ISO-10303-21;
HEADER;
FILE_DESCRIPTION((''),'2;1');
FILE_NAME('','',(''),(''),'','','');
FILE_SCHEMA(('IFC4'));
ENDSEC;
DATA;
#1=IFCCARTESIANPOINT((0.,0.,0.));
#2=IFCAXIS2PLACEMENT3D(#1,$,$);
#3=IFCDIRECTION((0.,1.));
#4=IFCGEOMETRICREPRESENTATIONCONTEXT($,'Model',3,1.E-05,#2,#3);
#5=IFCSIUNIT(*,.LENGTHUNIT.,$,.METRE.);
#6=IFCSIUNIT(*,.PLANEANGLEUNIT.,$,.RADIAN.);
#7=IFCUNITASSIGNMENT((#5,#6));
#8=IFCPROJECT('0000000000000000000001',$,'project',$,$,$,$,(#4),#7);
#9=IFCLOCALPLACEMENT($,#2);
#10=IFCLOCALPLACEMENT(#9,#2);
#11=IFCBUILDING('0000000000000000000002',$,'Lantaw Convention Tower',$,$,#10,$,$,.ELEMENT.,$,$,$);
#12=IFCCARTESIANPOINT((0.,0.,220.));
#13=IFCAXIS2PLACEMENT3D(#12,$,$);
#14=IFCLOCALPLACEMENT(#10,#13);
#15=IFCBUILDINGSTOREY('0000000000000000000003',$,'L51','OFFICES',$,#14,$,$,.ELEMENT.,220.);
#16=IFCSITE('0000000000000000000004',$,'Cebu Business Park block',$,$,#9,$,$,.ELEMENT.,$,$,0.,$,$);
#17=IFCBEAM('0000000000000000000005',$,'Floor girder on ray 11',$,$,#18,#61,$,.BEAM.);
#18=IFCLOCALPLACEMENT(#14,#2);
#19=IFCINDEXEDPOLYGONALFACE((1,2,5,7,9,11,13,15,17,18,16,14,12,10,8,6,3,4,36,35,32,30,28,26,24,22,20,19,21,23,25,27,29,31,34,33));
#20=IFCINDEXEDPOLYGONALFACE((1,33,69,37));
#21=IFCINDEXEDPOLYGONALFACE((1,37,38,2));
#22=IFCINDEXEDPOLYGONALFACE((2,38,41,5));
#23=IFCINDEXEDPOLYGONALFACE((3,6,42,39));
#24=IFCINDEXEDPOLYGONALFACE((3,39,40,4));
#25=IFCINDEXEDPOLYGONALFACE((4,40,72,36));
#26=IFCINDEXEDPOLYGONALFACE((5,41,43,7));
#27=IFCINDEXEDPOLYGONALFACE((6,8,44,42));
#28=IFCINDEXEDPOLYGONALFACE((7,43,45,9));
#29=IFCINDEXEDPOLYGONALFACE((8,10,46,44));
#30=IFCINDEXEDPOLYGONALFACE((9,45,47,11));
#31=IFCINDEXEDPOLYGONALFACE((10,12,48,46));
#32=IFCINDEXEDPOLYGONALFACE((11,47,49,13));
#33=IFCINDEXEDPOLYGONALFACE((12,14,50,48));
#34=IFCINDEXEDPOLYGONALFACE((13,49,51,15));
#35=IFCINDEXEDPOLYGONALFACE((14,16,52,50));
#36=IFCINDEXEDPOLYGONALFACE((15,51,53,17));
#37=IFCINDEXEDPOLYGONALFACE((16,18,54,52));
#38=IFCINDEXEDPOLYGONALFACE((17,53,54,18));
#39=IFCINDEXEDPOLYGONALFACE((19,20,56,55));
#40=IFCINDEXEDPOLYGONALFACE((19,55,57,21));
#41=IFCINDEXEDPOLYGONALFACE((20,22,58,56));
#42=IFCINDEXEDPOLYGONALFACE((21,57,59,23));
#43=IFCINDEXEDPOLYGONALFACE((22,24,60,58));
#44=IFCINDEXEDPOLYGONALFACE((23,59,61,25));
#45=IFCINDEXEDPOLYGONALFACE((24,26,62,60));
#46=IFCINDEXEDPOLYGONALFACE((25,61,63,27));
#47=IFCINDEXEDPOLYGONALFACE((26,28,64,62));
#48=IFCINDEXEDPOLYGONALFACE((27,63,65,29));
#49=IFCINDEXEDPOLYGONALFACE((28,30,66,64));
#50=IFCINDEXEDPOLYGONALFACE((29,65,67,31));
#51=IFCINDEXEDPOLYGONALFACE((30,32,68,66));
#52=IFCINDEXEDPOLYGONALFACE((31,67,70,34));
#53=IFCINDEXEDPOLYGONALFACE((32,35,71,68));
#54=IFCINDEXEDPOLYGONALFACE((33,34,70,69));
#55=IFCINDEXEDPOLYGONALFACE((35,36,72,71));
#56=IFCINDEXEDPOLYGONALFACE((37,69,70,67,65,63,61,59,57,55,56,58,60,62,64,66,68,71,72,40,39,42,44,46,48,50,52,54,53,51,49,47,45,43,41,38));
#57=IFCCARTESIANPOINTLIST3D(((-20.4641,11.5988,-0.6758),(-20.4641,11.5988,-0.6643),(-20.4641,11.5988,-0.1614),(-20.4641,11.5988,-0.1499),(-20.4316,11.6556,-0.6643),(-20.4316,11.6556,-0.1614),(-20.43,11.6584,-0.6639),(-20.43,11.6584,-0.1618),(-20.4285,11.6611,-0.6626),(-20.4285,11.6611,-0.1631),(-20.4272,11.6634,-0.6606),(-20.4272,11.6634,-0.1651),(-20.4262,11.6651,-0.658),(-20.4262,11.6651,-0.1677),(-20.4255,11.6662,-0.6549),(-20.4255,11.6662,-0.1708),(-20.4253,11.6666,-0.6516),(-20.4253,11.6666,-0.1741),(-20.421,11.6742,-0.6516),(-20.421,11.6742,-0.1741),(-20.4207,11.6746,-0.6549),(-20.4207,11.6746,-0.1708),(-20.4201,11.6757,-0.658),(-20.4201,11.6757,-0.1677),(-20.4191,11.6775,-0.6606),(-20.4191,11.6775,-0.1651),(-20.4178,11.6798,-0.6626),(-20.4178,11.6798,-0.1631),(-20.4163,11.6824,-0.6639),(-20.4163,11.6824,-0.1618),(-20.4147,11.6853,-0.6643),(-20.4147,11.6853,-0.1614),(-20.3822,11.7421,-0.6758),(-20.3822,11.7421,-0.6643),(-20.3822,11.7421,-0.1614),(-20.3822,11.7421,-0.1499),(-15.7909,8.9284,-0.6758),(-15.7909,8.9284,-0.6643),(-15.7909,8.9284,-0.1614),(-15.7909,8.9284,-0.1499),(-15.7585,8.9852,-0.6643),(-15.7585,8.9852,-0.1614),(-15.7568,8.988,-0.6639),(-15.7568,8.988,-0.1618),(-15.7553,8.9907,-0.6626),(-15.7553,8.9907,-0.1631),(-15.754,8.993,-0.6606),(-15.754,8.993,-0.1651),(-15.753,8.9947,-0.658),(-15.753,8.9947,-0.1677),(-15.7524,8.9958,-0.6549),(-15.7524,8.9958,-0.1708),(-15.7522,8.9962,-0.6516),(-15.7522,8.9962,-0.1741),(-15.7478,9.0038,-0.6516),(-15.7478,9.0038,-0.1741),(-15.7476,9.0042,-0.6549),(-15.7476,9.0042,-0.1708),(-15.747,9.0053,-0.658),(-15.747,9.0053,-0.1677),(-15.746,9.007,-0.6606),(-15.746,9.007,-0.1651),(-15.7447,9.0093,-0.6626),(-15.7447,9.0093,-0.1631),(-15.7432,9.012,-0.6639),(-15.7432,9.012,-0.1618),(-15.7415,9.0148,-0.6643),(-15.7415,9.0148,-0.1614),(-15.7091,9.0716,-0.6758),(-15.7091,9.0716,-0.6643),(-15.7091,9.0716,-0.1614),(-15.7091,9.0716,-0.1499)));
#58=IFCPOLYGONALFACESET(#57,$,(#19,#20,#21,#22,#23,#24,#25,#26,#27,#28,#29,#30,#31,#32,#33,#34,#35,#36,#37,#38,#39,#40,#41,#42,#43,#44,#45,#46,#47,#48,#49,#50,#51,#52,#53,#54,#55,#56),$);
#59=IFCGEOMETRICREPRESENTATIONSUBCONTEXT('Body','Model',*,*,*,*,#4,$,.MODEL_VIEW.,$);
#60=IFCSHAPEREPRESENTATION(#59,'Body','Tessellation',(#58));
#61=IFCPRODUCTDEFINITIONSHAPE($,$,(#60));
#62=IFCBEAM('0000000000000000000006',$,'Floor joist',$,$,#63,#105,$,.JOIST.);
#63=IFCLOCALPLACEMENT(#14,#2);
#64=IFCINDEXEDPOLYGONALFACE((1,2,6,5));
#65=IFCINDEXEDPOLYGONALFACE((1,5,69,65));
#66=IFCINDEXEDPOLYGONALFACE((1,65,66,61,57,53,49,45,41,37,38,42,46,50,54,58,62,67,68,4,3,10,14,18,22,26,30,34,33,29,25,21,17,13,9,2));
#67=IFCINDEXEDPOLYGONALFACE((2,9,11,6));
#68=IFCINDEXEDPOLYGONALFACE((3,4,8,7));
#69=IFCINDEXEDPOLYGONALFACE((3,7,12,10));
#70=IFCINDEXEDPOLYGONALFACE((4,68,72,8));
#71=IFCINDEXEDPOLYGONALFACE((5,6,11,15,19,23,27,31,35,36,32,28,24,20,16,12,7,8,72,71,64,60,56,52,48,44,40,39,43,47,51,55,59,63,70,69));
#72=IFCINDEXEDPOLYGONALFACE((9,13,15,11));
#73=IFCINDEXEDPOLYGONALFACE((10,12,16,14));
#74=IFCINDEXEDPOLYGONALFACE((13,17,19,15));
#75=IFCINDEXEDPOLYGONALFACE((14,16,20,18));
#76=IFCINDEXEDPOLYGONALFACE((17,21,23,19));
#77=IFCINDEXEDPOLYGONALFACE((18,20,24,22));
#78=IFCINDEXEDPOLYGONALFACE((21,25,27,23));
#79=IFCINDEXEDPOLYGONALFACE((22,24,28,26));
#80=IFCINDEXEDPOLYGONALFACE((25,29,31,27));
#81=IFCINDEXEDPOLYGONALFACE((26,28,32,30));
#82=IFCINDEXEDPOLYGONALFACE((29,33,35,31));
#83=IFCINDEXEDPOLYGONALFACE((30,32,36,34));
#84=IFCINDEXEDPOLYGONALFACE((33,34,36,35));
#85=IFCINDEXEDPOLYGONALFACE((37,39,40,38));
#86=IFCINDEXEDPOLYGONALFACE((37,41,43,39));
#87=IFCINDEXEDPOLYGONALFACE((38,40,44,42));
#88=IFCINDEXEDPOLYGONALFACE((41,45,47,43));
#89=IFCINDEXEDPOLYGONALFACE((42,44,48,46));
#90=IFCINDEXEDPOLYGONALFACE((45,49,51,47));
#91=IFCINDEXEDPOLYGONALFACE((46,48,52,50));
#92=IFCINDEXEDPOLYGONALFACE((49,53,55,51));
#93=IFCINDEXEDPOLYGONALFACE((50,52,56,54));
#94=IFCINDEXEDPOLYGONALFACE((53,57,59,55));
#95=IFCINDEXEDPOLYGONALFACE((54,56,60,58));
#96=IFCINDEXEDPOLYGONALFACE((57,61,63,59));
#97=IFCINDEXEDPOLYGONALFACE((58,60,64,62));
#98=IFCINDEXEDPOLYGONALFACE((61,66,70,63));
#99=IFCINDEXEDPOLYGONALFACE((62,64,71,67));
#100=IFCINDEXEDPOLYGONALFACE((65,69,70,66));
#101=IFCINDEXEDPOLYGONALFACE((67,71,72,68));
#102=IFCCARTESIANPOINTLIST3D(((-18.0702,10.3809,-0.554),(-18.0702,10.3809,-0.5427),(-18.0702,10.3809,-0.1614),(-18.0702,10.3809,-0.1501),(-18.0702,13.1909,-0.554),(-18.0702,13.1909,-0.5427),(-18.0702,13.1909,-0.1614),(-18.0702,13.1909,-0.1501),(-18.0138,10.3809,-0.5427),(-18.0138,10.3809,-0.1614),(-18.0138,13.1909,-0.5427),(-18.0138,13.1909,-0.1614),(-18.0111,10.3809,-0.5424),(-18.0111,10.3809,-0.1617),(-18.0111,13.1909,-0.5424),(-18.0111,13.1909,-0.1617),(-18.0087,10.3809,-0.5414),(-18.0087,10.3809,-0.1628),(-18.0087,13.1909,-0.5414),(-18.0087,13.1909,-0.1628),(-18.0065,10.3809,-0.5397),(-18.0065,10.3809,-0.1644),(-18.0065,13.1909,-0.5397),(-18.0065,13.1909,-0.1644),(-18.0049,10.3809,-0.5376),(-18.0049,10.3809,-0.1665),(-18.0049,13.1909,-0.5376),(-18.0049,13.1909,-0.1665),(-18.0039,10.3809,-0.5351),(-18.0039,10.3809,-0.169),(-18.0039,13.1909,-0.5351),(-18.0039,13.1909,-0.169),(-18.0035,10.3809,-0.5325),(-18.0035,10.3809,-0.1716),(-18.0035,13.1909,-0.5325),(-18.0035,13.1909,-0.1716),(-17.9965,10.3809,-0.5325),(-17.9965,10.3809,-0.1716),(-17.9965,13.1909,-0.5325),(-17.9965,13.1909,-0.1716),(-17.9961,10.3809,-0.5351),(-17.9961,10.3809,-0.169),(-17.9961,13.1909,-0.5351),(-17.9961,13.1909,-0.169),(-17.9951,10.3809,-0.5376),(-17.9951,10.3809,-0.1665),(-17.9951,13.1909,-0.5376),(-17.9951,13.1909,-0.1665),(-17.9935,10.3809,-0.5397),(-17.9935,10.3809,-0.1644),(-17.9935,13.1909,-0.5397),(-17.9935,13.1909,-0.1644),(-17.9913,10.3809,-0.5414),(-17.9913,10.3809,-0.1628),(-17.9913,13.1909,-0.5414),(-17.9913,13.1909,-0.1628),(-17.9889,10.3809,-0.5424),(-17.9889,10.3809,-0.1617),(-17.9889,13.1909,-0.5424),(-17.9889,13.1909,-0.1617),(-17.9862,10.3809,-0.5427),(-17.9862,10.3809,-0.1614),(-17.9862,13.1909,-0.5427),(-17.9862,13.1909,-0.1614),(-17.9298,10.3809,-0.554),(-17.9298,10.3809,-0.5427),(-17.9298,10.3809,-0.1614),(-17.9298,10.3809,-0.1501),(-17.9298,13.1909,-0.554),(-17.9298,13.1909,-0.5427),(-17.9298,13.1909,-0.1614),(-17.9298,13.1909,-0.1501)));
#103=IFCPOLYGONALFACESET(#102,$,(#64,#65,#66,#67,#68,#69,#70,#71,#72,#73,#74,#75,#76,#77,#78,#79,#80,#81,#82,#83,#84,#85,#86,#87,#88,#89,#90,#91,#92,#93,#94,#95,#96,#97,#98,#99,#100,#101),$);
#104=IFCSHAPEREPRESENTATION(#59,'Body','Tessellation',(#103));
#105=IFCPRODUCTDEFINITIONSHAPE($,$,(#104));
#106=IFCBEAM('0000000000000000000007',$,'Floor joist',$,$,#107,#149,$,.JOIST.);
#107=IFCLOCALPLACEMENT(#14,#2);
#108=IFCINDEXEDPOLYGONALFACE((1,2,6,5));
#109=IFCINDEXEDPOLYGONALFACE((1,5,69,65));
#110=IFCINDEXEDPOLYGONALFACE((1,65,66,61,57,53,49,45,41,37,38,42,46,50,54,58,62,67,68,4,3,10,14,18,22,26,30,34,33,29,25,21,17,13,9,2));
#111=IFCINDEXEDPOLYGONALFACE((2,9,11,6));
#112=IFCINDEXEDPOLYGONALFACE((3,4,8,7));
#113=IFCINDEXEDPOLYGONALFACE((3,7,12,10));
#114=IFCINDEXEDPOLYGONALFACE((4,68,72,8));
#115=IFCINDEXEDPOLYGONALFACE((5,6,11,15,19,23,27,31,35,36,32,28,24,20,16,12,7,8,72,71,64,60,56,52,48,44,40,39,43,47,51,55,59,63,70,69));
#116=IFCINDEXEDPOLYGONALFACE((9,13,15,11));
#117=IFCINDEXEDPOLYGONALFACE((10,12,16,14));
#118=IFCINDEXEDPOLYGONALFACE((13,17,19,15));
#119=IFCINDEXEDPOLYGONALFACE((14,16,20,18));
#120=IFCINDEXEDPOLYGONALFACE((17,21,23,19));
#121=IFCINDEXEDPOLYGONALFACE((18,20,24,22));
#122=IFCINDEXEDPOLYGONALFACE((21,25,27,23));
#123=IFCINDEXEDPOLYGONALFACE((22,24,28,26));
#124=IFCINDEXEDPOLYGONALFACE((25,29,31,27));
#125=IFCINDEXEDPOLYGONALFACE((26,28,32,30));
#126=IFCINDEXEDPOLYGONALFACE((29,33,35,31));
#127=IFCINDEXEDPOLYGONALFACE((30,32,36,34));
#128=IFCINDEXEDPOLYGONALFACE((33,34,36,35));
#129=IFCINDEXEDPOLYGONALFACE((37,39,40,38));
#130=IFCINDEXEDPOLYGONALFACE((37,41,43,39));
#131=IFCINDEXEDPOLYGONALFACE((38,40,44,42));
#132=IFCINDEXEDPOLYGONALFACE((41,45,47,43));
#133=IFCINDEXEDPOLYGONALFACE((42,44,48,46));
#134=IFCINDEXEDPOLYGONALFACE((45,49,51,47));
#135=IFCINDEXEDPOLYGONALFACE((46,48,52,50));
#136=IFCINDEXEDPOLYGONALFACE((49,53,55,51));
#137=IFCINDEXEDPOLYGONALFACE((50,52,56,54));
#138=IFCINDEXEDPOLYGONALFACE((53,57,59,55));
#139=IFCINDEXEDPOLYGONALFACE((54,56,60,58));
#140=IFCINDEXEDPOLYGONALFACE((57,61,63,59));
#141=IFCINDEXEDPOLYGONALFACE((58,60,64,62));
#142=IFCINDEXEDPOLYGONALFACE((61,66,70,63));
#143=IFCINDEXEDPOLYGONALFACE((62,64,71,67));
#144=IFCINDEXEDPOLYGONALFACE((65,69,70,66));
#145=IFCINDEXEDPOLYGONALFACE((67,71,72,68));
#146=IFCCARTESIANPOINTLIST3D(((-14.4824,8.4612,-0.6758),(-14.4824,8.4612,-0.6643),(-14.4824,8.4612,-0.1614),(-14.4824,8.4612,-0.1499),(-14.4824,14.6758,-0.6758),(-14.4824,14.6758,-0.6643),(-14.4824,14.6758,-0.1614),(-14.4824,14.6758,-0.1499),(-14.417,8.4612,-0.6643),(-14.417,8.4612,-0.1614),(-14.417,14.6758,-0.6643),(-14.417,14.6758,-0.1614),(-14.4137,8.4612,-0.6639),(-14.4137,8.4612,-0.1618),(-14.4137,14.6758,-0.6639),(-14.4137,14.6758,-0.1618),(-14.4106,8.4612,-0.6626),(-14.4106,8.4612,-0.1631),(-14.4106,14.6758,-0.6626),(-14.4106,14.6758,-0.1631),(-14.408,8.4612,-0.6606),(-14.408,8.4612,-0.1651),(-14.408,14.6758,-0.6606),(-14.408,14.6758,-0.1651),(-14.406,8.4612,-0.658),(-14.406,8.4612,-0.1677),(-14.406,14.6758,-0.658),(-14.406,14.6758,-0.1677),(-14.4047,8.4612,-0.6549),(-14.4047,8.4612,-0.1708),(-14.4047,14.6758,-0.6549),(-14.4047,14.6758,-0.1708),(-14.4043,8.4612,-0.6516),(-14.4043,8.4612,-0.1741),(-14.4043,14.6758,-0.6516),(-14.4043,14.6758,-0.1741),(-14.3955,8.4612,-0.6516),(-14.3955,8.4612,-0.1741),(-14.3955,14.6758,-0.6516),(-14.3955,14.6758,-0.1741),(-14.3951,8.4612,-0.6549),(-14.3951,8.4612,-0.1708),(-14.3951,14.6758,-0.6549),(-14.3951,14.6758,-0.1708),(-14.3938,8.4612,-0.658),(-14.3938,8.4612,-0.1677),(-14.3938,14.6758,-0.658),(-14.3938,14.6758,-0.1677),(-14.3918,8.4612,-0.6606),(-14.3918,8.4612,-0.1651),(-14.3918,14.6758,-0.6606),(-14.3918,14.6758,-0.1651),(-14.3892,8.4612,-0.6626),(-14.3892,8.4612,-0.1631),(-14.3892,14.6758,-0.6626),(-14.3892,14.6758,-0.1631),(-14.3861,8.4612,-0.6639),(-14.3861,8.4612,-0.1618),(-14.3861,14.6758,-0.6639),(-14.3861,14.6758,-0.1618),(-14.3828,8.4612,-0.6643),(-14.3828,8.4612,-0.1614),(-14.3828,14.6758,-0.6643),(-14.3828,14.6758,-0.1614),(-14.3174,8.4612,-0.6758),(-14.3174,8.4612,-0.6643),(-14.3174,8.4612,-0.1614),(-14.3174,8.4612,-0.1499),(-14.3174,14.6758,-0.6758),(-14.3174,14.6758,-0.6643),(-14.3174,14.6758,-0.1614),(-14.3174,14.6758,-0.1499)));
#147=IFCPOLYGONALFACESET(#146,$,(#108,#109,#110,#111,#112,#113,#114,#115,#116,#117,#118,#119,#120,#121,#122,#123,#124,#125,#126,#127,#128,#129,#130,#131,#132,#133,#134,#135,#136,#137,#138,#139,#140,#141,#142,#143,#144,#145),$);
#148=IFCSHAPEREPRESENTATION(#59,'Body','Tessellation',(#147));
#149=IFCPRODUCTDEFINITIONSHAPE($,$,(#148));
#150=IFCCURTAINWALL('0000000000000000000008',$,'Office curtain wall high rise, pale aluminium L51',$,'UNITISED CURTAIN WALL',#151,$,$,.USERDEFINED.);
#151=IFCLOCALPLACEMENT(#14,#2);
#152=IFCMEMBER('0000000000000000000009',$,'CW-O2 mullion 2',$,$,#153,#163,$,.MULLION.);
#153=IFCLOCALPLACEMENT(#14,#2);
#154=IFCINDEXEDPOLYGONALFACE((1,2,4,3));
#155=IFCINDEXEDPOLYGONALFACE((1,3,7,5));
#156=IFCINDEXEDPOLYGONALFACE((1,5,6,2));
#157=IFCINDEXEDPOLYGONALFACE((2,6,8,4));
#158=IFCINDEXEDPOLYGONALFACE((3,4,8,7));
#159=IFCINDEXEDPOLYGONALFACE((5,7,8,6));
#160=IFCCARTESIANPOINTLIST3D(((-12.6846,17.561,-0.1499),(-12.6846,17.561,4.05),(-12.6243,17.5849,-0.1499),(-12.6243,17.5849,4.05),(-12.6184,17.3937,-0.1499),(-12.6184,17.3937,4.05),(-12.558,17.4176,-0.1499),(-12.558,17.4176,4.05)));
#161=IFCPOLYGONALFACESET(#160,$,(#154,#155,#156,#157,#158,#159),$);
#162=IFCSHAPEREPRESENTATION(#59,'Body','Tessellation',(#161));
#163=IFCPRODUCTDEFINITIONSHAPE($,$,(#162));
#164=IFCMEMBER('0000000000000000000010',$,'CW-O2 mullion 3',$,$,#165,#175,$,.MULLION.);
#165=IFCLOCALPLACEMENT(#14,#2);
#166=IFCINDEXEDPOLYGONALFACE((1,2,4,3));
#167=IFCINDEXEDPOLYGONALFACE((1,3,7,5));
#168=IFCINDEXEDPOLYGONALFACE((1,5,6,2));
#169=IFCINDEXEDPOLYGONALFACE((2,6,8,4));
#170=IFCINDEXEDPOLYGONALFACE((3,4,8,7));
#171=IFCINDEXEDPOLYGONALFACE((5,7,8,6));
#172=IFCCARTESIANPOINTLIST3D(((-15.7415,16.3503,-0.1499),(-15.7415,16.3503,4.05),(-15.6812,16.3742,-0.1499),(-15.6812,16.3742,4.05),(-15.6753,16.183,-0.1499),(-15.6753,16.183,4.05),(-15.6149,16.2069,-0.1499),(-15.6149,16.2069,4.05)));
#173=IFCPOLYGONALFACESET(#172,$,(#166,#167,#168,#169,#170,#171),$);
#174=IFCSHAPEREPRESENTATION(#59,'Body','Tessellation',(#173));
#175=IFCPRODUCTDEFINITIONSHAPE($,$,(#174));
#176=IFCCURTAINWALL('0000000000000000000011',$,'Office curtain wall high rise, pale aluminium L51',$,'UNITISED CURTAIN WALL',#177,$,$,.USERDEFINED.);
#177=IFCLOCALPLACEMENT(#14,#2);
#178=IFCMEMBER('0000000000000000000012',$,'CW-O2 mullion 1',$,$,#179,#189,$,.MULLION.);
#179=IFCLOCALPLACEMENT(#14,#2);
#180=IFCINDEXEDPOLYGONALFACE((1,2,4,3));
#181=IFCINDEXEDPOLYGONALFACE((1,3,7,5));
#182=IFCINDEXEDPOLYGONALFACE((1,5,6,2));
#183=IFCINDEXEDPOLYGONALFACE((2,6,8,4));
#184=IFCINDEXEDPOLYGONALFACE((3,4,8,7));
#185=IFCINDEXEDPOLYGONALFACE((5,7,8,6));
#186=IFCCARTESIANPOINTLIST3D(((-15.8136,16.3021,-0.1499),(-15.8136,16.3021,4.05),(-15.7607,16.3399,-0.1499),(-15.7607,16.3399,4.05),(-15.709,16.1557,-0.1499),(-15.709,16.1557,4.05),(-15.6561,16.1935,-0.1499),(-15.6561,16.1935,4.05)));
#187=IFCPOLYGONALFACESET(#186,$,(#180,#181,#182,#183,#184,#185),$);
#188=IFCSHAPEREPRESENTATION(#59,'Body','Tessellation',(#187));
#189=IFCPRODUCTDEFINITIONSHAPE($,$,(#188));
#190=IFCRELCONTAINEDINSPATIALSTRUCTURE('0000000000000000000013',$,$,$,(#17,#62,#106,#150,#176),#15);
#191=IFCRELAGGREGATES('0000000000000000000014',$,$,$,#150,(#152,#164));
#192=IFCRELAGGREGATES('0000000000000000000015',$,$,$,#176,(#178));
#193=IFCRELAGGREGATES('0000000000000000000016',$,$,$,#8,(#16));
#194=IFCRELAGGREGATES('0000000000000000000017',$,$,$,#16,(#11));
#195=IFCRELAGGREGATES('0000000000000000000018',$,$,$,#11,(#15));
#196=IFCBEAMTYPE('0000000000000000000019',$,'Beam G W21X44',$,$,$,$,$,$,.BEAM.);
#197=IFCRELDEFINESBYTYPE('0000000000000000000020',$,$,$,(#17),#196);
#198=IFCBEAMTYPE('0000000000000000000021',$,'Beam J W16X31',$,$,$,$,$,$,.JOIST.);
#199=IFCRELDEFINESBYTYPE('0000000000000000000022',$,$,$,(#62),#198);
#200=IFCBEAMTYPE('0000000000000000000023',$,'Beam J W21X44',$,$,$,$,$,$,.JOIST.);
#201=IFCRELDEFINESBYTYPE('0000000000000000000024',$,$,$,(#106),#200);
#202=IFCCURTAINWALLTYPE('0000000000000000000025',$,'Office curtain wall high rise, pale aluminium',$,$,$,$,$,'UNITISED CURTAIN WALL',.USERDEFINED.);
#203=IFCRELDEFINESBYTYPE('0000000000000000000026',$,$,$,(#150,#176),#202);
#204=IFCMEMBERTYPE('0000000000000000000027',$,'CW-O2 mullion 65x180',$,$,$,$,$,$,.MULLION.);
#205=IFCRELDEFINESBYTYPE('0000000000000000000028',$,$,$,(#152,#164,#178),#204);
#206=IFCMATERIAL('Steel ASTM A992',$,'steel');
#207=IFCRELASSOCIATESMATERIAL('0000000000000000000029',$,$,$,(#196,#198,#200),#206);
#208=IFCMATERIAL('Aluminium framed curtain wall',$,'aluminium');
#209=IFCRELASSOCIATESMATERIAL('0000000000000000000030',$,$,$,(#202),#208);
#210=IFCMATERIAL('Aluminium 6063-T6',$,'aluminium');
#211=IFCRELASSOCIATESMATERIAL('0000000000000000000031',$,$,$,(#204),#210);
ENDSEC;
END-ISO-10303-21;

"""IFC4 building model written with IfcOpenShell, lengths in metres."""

from ifc_helpers import new_model, si_unit, direction, frame, origin, origin_2d, place, context, subcontext, project, spatial, rectangle, i_section, extrude, material, material_profile, profile_set, type_object, element, aggregate, save


model = new_model("IFC4")

# Units and contexts
model_context = context("Model", 3, precision=1e-05, world=origin(), true_north=direction((0.0, 1.0)))
body_context = subcontext(model_context, "Body", "Model", "MODEL_VIEW")
ifc_project = project(units=[si_unit("LENGTHUNIT", "METRE"), si_unit("PLANEANGLEUNIT", "RADIAN")], contexts=[model_context])

# Site, building, storey
site_placement = place(None, origin())
site = spatial("IfcSite", under=ifc_project, at=site_placement, Name="Cebu Business Park block", CompositionType="ELEMENT", RefElevation=0.0)
building_placement = place(site_placement, origin())
building = spatial("IfcBuilding", under=site, at=building_placement, Name="Lantaw Convention Tower", CompositionType="ELEMENT")
storey_placement = place(building_placement, frame((0.0, 0.0, 220.0)))
storey = spatial("IfcBuildingStorey", under=building, at=storey_placement, Name="L51", Description="OFFICES", CompositionType="ELEMENT", Elevation=220.0)

# Beams
ifc_material_1 = material(Name="Steel ASTM A992", Category="steel")
ifc_material_profile_1 = material_profile(ifc_material_1, i_section(OverallWidth=0.165, OverallDepth=0.5259, WebThickness=0.0088, FlangeThickness=0.0115, FilletRadius=0.0127, at=origin_2d()), Name="W21X44")
ifc_profile_set_1 = profile_set([ifc_material_profile_1], Name="Steel ASTM A992")
beam_type_1 = type_object("IfcBeamType", Name="Beam G W21X44", PredefinedType="BEAM", material=ifc_profile_set_1)
beam_1_placement = place(storey_placement, frame((-15.75, 9.0, -0.4128), z_axis=(-0.868238, 0.496149, 0.0), x_axis=(-0.496149, -0.868238, 0.0)))
element("IfcBeam", 1, at=beam_1_placement, inside=storey, type_object=beam_type_1, Name="Floor girder on ray 11", PredefinedType="BEAM", context=body_context, shape_type="SweptSolid", body=[
    extrude(i_section(OverallWidth=0.165, OverallDepth=0.5259, WebThickness=0.0088, FlangeThickness=0.0115, FilletRadius=0.0127, at=origin_2d()), origin(), (0.0, 0.0, 1.0), 5.3823),
])
ifc_material_profile_2 = material_profile(ifc_material_1, i_section(OverallWidth=0.1404, OverallDepth=0.4038, WebThickness=0.0071, FlangeThickness=0.0112, FilletRadius=0.0103, at=origin_2d()), Name="W16X31")
ifc_profile_set_2 = profile_set([ifc_material_profile_2], Name="Steel ASTM A992")
beam_type_2 = type_object("IfcBeamType", Name="Beam J W16X31", PredefinedType="JOIST", material=ifc_profile_set_2)
beam_2_placement = place(storey_placement, frame((-18.0, 10.3809, -0.3521), z_axis=(0.0, 1.0, 0.0), x_axis=(-1.0, 0.0, 0.0)))
element("IfcBeam", 2, at=beam_2_placement, inside=storey, type_object=beam_type_2, Name="Floor joist", PredefinedType="JOIST", context=body_context, shape_type="SweptSolid", body=[
    extrude(i_section(OverallWidth=0.1404, OverallDepth=0.4038, WebThickness=0.0071, FlangeThickness=0.0112, FilletRadius=0.0103, at=origin_2d()), origin(), (0.0, 0.0, 1.0), 2.8101),
])
ifc_material_profile_3 = material_profile(ifc_material_1, i_section(OverallWidth=0.165, OverallDepth=0.5259, WebThickness=0.0088, FlangeThickness=0.0115, FilletRadius=0.0127, at=origin_2d()), Name="W21X44")
ifc_profile_set_3 = profile_set([ifc_material_profile_3], Name="Steel ASTM A992")
beam_type_3 = type_object("IfcBeamType", Name="Beam J W21X44", PredefinedType="JOIST", material=ifc_profile_set_3)
beam_3_placement = place(storey_placement, frame((-14.3999, 8.4612, -0.4128), z_axis=(0.0, 1.0, 0.0), x_axis=(-1.0, 0.0, 0.0)))
element("IfcBeam", 3, at=beam_3_placement, inside=storey, type_object=beam_type_3, Name="Floor joist", PredefinedType="JOIST", context=body_context, shape_type="SweptSolid", body=[
    extrude(i_section(OverallWidth=0.165, OverallDepth=0.5259, WebThickness=0.0088, FlangeThickness=0.0115, FilletRadius=0.0127, at=origin_2d()), origin(), (0.0, 0.0, 1.0), 6.2146),
])

# Curtain walls, members
ifc_material_2 = material(Name="Aluminium framed curtain wall", Category="aluminium")
curtain_wall_type = type_object("IfcCurtainWallType", Name="Office curtain wall high rise, pale aluminium", ElementType="UNITISED CURTAIN WALL", PredefinedType="USERDEFINED", material=ifc_material_2)
curtain_wall_1_placement = place(storey_placement, origin())
curtain_wall_1 = element("IfcCurtainWall", 4, at=curtain_wall_1_placement, inside=storey, type_object=curtain_wall_type, Name="Office curtain wall high rise, pale aluminium L51", ObjectType="UNITISED CURTAIN WALL", PredefinedType="USERDEFINED")
ifc_material_3 = material(Name="Aluminium 6063-T6", Category="aluminium")
ifc_material_profile_4 = material_profile(ifc_material_3, rectangle(XDim=0.1799, YDim=0.0649, at=origin_2d()), Name="CW-O2 mullion 65x180")
ifc_profile_set_4 = profile_set([ifc_material_profile_4], Name="Aluminium 6063-T6")
member_type_1 = type_object("IfcMemberType", Name="CW-O2 mullion 65x180", PredefinedType="MULLION", material=ifc_profile_set_4)
member_1_placement = place(storey_placement, frame((-12.6213, 17.4893, -0.1499), z_axis=(0.0, 0.0, 1.0), x_axis=(0.368162, -0.929762, 0.0)))
member_1 = element("IfcMember", 5, at=member_1_placement, type_object=member_type_1, Name="CW-O2 mullion 2", PredefinedType="MULLION", context=body_context, shape_type="SweptSolid", body=[
    extrude(rectangle(XDim=0.1799, YDim=0.0649, at=origin_2d()), origin(), (0.0, 0.0, 1.0), 4.2),
])
member_2_placement = place(storey_placement, frame((-15.6782, 16.2786, -0.1499), z_axis=(0.0, 0.0, 1.0), x_axis=(0.368162, -0.929762, 0.0)))
member_2 = element("IfcMember", 6, at=member_2_placement, type_object=member_type_1, Name="CW-O2 mullion 3", PredefinedType="MULLION", context=body_context, shape_type="SweptSolid", body=[
    extrude(rectangle(XDim=0.1799, YDim=0.0649, at=origin_2d()), origin(), (0.0, 0.0, 1.0), 4.2),
])
curtain_wall_2_placement = place(storey_placement, origin())
curtain_wall_2 = element("IfcCurtainWall", 7, at=curtain_wall_2_placement, inside=storey, type_object=curtain_wall_type, Name="Office curtain wall high rise, pale aluminium L51", ObjectType="UNITISED CURTAIN WALL", PredefinedType="USERDEFINED")
member_3_placement = place(storey_placement, frame((-15.7349, 16.2478, -0.1499), z_axis=(0.0, 0.0, 1.0), x_axis=(0.581323, -0.813673, 0.0)))
member_3 = element("IfcMember", 8, at=member_3_placement, type_object=member_type_1, Name="CW-O2 mullion 1", PredefinedType="MULLION", context=body_context, shape_type="SweptSolid", body=[
    extrude(rectangle(XDim=0.1799, YDim=0.0649, at=origin_2d()), origin(), (0.0, 0.0, 1.0), 4.2),
])

aggregate(curtain_wall_1, [member_1, member_2])
aggregate(curtain_wall_2, [member_3])

save(model, "model.ifc")
